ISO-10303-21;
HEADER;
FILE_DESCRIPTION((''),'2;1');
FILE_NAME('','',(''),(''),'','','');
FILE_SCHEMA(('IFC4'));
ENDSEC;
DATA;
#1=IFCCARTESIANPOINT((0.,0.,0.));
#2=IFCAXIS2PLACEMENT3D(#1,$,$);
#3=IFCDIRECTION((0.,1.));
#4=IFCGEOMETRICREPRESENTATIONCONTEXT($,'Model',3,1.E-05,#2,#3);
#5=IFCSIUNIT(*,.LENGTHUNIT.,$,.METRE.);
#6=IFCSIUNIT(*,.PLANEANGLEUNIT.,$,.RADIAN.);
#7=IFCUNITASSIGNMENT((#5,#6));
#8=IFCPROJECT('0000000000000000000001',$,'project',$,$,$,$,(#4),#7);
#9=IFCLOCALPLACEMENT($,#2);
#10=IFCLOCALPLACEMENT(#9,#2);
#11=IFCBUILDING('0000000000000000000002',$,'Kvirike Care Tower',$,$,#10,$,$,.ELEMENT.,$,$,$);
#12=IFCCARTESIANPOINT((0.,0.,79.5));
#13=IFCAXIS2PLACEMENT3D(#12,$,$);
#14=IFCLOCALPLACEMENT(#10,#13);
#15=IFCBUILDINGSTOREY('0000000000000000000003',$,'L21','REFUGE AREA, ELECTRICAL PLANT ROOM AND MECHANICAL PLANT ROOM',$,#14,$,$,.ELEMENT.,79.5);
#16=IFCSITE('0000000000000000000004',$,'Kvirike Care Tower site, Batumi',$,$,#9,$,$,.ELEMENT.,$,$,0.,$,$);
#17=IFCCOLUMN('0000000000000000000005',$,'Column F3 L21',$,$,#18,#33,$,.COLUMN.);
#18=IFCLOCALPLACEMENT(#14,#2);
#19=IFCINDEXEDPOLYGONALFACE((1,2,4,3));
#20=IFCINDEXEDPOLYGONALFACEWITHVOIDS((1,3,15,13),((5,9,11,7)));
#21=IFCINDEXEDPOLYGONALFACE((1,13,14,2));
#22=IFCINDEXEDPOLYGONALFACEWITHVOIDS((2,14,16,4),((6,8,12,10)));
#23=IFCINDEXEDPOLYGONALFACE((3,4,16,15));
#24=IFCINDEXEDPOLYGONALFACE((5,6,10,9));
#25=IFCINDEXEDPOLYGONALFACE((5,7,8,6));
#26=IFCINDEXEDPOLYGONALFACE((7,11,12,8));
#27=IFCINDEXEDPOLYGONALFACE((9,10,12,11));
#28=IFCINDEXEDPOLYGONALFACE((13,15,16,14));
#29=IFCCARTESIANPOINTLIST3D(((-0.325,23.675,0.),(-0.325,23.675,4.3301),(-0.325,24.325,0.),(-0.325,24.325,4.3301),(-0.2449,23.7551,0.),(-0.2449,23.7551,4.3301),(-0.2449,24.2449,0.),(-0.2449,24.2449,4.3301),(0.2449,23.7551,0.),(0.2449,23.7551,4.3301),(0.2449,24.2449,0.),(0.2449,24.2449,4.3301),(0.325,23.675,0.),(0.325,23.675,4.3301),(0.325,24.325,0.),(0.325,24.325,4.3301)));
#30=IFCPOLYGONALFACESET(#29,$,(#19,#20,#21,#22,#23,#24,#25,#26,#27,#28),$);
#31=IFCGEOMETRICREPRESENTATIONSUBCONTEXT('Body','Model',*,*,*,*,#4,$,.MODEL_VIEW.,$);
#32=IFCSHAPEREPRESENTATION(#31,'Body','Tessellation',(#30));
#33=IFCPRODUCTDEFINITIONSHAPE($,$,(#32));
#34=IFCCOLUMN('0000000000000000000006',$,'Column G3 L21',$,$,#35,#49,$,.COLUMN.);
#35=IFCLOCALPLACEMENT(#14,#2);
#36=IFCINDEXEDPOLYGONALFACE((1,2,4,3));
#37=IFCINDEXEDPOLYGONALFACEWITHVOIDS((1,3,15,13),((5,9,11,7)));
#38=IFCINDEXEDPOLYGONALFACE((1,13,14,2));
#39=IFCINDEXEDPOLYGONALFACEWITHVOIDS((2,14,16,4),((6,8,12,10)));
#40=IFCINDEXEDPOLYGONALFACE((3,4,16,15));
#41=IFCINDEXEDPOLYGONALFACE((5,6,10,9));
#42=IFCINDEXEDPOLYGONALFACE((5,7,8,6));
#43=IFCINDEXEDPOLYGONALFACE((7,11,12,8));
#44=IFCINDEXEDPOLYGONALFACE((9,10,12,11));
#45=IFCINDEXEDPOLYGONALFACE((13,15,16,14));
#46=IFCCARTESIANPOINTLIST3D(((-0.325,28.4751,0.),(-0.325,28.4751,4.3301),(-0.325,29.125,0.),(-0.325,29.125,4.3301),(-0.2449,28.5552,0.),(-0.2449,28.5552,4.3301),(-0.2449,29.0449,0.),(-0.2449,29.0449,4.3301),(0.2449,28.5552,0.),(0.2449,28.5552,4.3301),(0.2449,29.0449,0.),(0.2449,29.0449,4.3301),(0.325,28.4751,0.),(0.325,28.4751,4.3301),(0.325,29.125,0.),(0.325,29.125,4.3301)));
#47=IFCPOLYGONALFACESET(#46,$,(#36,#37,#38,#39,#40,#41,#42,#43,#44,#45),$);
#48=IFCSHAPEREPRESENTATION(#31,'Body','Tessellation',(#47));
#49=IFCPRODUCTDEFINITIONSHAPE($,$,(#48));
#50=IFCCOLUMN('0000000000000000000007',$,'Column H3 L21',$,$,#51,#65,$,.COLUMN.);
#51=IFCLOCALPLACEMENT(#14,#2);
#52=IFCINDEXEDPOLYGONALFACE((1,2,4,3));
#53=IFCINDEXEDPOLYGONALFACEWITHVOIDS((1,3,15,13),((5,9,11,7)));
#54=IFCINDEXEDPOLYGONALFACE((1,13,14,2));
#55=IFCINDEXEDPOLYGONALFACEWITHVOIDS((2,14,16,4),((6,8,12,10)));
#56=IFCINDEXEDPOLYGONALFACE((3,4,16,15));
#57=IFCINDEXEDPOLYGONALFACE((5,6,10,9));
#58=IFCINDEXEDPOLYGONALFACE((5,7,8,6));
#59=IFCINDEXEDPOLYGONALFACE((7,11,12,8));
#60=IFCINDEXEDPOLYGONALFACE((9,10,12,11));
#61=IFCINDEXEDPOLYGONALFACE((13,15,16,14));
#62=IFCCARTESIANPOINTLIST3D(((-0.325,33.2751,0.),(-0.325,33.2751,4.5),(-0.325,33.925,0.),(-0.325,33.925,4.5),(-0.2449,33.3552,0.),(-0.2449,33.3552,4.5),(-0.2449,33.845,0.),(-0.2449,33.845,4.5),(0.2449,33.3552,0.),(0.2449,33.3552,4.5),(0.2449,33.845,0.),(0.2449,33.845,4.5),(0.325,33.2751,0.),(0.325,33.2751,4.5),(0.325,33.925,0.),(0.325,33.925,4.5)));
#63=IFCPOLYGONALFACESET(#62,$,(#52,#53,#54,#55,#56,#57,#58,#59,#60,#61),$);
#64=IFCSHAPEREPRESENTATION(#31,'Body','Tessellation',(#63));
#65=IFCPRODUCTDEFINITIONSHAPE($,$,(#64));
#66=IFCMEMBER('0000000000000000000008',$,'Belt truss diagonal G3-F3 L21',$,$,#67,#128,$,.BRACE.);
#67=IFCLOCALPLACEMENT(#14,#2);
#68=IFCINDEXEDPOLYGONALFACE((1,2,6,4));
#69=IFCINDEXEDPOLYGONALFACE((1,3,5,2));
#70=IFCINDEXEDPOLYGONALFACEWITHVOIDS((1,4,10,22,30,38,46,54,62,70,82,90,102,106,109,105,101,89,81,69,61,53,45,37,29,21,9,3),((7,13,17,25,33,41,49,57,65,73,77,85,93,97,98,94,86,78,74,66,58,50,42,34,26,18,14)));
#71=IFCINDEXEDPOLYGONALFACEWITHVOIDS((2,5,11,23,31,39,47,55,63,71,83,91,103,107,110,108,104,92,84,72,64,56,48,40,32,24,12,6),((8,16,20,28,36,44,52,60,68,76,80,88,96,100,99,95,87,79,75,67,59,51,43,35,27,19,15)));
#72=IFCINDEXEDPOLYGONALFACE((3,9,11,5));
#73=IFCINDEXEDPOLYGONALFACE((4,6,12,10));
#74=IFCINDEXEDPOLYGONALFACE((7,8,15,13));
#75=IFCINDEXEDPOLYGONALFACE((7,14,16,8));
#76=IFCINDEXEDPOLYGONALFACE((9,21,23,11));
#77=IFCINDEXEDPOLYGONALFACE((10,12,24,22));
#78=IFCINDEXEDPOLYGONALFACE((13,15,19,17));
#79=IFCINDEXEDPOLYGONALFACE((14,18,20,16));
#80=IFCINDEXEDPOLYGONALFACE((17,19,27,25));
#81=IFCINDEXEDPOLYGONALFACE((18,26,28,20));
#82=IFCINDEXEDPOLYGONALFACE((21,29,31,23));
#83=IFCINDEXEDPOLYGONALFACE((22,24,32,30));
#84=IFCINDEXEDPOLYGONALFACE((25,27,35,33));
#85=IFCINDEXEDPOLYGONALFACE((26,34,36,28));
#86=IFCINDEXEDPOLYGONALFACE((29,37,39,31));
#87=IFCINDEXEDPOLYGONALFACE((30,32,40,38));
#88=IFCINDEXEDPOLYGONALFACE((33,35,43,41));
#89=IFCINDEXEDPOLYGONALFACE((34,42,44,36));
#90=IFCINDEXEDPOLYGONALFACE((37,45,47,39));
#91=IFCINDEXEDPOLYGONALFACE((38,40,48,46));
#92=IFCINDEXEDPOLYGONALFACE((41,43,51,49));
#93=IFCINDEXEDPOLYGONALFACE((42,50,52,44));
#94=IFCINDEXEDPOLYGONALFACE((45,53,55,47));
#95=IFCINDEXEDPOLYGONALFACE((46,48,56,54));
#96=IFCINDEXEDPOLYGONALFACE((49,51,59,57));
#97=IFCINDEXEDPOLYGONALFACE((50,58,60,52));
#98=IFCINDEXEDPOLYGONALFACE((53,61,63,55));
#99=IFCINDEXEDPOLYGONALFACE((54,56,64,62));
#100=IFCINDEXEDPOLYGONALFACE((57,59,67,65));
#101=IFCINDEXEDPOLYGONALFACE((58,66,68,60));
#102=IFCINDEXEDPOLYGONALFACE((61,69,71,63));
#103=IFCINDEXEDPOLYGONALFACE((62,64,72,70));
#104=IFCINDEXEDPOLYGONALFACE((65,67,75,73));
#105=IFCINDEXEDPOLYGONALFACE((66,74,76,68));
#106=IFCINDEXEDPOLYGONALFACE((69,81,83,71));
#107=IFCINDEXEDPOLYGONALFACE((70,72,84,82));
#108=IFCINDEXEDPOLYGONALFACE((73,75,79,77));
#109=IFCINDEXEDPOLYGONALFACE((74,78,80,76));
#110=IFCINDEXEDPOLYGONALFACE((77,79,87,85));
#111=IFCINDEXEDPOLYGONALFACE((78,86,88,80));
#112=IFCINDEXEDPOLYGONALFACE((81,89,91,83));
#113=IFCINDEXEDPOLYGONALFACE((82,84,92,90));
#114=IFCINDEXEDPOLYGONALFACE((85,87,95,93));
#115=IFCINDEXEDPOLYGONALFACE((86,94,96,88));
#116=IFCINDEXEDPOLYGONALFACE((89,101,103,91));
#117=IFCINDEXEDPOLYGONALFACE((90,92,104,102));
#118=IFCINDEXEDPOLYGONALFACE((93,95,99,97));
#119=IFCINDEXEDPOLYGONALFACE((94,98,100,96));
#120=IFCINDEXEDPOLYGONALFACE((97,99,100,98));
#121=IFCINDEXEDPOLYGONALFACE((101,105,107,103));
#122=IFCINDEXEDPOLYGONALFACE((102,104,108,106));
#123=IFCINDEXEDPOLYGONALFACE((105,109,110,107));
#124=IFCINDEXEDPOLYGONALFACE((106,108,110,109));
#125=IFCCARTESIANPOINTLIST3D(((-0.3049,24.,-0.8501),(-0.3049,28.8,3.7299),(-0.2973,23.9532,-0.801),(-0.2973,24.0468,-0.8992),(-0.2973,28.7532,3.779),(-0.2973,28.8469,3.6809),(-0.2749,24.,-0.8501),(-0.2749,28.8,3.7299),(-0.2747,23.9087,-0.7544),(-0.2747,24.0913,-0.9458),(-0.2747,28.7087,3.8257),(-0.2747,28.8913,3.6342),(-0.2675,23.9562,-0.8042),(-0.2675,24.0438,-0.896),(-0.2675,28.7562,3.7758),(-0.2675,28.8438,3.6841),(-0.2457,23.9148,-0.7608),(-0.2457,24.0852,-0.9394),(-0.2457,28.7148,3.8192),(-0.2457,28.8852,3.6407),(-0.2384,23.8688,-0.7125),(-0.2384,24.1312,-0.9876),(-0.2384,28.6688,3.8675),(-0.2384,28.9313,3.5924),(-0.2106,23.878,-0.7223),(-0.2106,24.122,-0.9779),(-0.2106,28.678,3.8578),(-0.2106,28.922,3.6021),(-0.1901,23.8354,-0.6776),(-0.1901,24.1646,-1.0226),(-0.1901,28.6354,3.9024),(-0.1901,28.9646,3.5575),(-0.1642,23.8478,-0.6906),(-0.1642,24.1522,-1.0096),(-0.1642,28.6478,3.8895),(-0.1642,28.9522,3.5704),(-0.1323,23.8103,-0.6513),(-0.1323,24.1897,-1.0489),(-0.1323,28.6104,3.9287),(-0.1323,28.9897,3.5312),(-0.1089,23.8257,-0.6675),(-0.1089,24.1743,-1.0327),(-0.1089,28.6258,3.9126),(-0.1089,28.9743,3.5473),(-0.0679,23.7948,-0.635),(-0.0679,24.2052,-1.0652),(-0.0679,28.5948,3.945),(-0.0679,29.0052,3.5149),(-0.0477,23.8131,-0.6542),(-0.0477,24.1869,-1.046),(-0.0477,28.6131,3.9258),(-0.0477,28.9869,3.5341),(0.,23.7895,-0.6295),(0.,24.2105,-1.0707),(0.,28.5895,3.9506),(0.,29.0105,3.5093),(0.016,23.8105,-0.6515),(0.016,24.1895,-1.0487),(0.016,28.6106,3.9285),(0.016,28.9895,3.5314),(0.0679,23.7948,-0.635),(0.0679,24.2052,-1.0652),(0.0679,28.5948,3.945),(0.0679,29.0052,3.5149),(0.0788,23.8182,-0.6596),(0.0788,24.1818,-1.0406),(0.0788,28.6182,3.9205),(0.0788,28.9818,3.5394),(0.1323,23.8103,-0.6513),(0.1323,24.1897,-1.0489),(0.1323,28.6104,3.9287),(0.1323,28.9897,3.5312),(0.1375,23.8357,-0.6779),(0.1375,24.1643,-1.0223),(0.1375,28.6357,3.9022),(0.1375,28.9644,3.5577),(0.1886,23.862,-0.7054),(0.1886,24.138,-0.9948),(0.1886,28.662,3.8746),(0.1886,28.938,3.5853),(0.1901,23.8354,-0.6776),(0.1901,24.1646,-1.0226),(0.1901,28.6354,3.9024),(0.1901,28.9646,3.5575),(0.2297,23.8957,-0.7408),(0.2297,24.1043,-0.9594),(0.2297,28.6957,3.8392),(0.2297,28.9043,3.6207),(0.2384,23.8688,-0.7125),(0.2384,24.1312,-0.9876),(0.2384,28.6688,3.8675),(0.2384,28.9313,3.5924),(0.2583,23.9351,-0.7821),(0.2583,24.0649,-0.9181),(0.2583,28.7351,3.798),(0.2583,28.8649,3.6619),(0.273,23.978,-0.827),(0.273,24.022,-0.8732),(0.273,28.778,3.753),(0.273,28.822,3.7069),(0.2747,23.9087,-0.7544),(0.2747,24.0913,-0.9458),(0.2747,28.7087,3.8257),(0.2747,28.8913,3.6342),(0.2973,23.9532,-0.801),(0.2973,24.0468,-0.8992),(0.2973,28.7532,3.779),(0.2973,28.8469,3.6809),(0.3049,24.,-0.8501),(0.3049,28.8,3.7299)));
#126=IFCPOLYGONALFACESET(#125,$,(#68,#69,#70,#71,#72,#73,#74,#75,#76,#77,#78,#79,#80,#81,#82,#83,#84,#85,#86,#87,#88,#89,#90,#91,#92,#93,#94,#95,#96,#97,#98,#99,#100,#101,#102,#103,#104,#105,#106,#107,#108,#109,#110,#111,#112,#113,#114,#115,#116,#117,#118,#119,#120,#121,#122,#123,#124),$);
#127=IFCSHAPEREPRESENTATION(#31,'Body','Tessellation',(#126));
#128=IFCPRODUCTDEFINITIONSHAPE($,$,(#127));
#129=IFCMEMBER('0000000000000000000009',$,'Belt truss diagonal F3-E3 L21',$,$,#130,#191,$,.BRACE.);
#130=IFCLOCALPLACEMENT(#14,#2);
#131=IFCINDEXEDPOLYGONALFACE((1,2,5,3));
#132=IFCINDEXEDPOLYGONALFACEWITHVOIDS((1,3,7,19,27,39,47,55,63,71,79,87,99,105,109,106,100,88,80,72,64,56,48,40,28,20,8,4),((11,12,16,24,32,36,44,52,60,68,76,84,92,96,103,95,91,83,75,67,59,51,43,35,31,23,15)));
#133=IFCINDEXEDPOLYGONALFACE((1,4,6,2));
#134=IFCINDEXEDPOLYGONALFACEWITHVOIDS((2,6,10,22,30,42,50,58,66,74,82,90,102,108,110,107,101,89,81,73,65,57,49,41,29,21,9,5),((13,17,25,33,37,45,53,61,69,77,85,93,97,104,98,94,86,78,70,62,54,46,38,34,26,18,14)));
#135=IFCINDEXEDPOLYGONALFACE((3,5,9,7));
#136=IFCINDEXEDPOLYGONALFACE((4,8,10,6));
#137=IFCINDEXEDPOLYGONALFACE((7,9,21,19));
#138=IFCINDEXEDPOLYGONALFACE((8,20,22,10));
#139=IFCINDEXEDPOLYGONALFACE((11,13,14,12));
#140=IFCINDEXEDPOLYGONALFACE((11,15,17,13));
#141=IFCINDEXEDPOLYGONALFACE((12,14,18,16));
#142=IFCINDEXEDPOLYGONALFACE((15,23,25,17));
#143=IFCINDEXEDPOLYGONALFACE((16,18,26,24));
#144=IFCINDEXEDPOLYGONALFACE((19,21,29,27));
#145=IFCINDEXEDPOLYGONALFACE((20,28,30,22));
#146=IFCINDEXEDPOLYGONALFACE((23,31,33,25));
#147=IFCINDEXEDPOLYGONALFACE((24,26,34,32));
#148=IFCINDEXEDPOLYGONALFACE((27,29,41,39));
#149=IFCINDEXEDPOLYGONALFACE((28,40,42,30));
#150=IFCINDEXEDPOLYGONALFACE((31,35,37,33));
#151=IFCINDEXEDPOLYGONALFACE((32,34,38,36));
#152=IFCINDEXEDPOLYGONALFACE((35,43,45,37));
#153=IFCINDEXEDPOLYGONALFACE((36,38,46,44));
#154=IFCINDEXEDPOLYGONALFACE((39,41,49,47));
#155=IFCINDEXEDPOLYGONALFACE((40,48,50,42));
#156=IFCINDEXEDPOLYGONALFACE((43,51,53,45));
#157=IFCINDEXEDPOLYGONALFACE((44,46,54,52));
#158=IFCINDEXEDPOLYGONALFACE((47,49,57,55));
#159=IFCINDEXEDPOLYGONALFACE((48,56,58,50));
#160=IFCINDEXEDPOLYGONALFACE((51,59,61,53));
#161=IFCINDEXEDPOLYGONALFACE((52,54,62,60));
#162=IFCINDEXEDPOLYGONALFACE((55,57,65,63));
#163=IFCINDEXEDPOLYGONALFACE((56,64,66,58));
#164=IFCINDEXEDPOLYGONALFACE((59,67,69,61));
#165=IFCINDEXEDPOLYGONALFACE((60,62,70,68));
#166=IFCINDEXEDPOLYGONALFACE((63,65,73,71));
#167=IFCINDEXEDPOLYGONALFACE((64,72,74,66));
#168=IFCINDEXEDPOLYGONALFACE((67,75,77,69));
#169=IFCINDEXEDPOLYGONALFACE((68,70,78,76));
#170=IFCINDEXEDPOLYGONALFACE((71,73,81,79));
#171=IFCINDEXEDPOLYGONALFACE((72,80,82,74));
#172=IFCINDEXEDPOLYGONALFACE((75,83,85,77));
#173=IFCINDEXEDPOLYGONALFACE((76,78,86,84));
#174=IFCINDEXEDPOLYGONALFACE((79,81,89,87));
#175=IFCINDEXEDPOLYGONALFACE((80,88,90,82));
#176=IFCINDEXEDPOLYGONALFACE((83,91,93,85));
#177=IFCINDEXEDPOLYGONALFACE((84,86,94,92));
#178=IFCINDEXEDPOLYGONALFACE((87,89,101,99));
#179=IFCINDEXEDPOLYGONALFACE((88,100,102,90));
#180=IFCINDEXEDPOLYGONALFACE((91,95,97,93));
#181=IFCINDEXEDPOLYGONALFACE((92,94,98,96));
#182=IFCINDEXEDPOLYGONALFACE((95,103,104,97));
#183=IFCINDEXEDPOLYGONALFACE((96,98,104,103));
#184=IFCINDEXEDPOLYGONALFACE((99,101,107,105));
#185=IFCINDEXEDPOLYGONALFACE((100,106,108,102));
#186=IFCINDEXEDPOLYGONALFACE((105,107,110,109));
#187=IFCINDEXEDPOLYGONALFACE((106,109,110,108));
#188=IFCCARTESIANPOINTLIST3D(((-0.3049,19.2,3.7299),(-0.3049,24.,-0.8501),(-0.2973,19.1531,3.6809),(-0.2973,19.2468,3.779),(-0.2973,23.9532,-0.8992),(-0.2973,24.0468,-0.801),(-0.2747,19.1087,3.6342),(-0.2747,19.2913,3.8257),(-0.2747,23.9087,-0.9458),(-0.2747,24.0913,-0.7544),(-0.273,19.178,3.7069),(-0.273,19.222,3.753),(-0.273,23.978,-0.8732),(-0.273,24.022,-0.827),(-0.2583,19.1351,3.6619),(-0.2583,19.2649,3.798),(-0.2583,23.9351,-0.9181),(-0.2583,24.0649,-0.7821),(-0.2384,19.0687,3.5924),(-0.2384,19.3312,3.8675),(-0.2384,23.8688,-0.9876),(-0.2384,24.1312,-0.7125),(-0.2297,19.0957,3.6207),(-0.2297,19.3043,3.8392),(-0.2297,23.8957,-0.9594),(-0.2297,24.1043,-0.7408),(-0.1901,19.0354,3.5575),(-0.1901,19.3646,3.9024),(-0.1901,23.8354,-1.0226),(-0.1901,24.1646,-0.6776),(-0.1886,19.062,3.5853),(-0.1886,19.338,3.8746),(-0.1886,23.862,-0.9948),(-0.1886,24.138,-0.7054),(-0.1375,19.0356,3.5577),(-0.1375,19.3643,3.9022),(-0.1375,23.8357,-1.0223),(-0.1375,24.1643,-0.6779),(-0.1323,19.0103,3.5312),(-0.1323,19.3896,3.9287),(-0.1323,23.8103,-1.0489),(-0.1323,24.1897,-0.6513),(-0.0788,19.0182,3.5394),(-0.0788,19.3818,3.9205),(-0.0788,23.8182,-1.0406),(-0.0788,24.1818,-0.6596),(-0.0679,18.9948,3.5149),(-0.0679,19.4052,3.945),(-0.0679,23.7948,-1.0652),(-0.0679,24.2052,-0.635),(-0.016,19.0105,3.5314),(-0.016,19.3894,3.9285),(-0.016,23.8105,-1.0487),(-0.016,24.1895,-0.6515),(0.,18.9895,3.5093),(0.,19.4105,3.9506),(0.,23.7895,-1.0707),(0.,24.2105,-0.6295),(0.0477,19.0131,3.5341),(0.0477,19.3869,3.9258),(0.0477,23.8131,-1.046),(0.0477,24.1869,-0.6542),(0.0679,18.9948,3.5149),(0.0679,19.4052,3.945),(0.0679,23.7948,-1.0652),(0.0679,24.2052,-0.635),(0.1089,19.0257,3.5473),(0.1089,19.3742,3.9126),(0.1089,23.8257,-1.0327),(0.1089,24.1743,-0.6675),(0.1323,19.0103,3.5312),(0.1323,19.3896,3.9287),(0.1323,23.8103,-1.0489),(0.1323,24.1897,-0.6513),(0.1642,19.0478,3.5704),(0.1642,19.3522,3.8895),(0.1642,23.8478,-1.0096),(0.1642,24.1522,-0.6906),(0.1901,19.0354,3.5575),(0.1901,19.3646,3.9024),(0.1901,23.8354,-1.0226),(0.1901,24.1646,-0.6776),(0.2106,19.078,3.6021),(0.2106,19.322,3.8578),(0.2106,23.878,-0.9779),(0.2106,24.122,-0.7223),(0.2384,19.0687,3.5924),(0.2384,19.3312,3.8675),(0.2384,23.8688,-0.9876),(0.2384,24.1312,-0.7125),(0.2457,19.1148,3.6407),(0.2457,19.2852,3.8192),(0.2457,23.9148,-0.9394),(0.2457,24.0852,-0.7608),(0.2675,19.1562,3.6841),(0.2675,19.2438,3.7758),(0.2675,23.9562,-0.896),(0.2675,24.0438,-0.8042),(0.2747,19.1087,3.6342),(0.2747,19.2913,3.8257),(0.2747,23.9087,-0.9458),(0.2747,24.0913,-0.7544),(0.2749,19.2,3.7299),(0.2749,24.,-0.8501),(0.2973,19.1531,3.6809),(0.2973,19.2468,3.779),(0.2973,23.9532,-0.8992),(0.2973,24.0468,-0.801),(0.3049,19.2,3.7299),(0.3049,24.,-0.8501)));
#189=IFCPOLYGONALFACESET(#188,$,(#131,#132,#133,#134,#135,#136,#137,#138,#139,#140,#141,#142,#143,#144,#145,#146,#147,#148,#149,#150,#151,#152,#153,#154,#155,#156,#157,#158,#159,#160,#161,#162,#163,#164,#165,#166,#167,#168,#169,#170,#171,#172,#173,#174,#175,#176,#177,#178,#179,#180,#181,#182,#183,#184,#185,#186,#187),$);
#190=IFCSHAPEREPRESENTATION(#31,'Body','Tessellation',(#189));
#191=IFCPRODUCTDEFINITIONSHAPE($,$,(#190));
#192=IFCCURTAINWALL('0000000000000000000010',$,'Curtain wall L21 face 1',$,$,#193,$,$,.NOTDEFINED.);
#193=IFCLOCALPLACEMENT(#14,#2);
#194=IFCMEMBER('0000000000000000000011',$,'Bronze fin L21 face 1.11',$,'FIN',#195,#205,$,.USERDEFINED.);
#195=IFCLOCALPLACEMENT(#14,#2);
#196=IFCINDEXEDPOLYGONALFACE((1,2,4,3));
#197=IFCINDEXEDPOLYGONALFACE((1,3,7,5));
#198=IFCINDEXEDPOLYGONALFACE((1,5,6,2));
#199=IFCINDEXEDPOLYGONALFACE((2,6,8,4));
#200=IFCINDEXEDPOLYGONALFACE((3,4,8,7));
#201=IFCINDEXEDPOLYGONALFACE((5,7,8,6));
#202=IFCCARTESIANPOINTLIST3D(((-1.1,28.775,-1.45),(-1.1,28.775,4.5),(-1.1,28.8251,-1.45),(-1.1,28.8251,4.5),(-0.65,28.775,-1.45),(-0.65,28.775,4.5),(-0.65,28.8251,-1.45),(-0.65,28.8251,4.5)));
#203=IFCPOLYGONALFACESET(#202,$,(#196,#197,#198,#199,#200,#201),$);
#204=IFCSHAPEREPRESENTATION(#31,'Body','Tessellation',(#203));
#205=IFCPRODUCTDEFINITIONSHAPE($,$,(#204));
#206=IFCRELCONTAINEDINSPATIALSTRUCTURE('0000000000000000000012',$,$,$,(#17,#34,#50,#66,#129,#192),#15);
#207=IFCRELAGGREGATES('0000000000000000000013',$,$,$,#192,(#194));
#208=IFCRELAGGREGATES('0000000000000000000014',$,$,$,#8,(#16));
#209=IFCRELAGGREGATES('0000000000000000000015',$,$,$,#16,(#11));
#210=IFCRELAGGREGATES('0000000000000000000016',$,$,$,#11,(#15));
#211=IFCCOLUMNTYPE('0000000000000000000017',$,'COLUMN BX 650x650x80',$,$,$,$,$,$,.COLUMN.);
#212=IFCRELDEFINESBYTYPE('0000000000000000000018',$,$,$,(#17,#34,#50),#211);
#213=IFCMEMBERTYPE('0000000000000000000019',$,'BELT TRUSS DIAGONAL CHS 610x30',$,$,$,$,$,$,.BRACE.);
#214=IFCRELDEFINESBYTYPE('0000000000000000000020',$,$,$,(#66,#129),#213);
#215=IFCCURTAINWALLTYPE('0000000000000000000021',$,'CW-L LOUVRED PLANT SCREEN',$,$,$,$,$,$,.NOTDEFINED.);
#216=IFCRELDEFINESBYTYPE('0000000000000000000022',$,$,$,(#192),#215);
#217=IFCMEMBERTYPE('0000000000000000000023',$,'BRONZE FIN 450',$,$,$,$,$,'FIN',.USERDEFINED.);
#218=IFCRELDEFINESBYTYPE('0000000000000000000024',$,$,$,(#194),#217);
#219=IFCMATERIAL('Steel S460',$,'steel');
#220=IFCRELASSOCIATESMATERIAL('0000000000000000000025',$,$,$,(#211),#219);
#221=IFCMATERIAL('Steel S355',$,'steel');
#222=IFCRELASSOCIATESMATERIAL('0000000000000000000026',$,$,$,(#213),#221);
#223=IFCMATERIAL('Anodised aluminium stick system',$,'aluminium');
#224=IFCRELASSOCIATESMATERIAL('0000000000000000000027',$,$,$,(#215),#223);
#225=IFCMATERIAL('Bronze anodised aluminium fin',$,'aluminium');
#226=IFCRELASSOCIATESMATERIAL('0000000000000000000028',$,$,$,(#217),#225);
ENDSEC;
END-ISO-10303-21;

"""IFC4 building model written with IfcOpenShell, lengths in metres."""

from ifc_helpers import new_model, si_unit, direction, frame, origin, origin_2d, place, context, subcontext, project, spatial, rectangle, hollow_rectangle, hollow_circle, extrude, material, material_profile, profile_set, type_object, element, aggregate, save


model = new_model("IFC4")

# Units and contexts
model_context = context("Model", 3, precision=1e-05, world=origin(), true_north=direction((0.0, 1.0)))
body_context = subcontext(model_context, "Body", "Model", "MODEL_VIEW")
ifc_project = project(units=[si_unit("LENGTHUNIT", "METRE"), si_unit("PLANEANGLEUNIT", "RADIAN")], contexts=[model_context])

# Site, building, storey
site_placement = place(None, origin())
site = spatial("IfcSite", under=ifc_project, at=site_placement, Name="Kvirike Care Tower site, Batumi", CompositionType="ELEMENT", RefElevation=0.0)
building_placement = place(site_placement, origin())
building = spatial("IfcBuilding", under=site, at=building_placement, Name="Kvirike Care Tower", CompositionType="ELEMENT")
storey_placement = place(building_placement, frame((0.0, 0.0, 79.5)))
storey = spatial("IfcBuildingStorey", under=building, at=storey_placement, Name="L21", Description="REFUGE AREA, ELECTRICAL PLANT ROOM AND MECHANICAL PLANT ROOM", CompositionType="ELEMENT", Elevation=79.5)

# Columns
ifc_material_1 = material(Name="Steel S460", Category="steel")
ifc_material_profile_1 = material_profile(ifc_material_1, hollow_rectangle(XDim=0.6499, YDim=0.6499, WallThickness=0.0801, at=origin_2d()), Name="BX 650x650x80")
ifc_profile_set_1 = profile_set([ifc_material_profile_1], Name="Steel S460")
column_type = type_object("IfcColumnType", Name="COLUMN BX 650x650x80", PredefinedType="COLUMN", material=ifc_profile_set_1)
for number, where, z_axis, x_axis, name in (
    (1, (0.0, 24.0, 0.0), (0.0, 0.0, 1.0), (1.0, 0.0, 0.0), "Column F3 L21"),
    (2, (0.0, 28.8, 0.0), (0.0, 0.0, 1.0), (0.0, 1.0, 0.0), "Column G3 L21"),
):
    element("IfcColumn", number, at=place(storey_placement, frame(where, z_axis=z_axis, x_axis=x_axis)), inside=storey, type_object=column_type, Name=name, PredefinedType="COLUMN", context=body_context, shape_type="SweptSolid", body=[
        extrude(hollow_rectangle(XDim=0.6499, YDim=0.6499, WallThickness=0.0801, at=origin_2d()), origin(), (0.0, 0.0, 1.0), 4.3301),
    ])
column_placement = place(storey_placement, frame((0.0, 33.6001, 0.0), z_axis=(0.0, 0.0, 1.0), x_axis=(1.0, 0.0, 0.0)))
element("IfcColumn", 3, at=column_placement, inside=storey, type_object=column_type, Name="Column H3 L21", PredefinedType="COLUMN", context=body_context, shape_type="SweptSolid", body=[
    extrude(hollow_rectangle(XDim=0.6499, YDim=0.6499, WallThickness=0.0801, at=origin_2d()), origin(), (0.0, 0.0, 1.0), 4.5),
])

# Members
ifc_material_2 = material(Name="Steel S355", Category="steel")
ifc_material_profile_2 = material_profile(ifc_material_2, hollow_circle(Radius=0.3049, WallThickness=0.03, at=origin_2d()), Name="CHS 610x30")
ifc_profile_set_2 = profile_set([ifc_material_profile_2], Name="Steel S355")
member_type_1 = type_object("IfcMemberType", Name="BELT TRUSS DIAGONAL CHS 610x30", PredefinedType="BRACE", material=ifc_profile_set_2)
for number, where, z_axis, x_axis, name in (
    (4, (0.0, 24.0, -0.8501), (0.0, 0.72349, 0.690335), (-1.0, 0.0, 0.0), "Belt truss diagonal G3-F3 L21"),
    (5, (0.0, 24.0, -0.8501), (0.0, -0.72349, 0.690335), (1.0, 0.0, 0.0), "Belt truss diagonal F3-E3 L21"),
):
    element("IfcMember", number, at=place(storey_placement, frame(where, z_axis=z_axis, x_axis=x_axis)), inside=storey, type_object=member_type_1, Name=name, PredefinedType="BRACE", context=body_context, shape_type="SweptSolid", body=[
        extrude(hollow_circle(Radius=0.3049, WallThickness=0.03, at=origin_2d()), origin(), (0.0, 0.0, 1.0), 6.6345),
    ])

# Curtain wall, member
ifc_material_3 = material(Name="Anodised aluminium stick system", Category="aluminium")
curtain_wall_type = type_object("IfcCurtainWallType", Name="CW-L LOUVRED PLANT SCREEN", PredefinedType="NOTDEFINED", material=ifc_material_3)
curtain_wall_placement = place(storey_placement, origin())
curtain_wall = element("IfcCurtainWall", 6, at=curtain_wall_placement, inside=storey, type_object=curtain_wall_type, Name="Curtain wall L21 face 1", PredefinedType="NOTDEFINED")
ifc_material_4 = material(Name="Bronze anodised aluminium fin", Category="aluminium")
ifc_material_profile_3 = material_profile(ifc_material_4, rectangle(XDim=0.05, YDim=0.45, at=origin_2d()), Name="BRONZE FIN 450")
ifc_profile_set_3 = profile_set([ifc_material_profile_3], Name="Bronze anodised aluminium fin")
member_type_2 = type_object("IfcMemberType", Name="BRONZE FIN 450", ElementType="FIN", PredefinedType="USERDEFINED", material=ifc_profile_set_3)
member_1_placement = place(storey_placement, frame((-0.875, 28.8, -1.45), z_axis=(0.0, 0.0, 1.0), x_axis=(0.0, -1.0, 0.0)))
member_1 = element("IfcMember", 7, at=member_1_placement, type_object=member_type_2, Name="Bronze fin L21 face 1.11", ObjectType="FIN", PredefinedType="USERDEFINED", context=body_context, shape_type="SweptSolid", body=[
    extrude(rectangle(XDim=0.05, YDim=0.45, at=origin_2d()), origin(), (0.0, 0.0, 1.0), 5.95),
])

aggregate(curtain_wall, [member_1])

save(model, "model.ifc")
